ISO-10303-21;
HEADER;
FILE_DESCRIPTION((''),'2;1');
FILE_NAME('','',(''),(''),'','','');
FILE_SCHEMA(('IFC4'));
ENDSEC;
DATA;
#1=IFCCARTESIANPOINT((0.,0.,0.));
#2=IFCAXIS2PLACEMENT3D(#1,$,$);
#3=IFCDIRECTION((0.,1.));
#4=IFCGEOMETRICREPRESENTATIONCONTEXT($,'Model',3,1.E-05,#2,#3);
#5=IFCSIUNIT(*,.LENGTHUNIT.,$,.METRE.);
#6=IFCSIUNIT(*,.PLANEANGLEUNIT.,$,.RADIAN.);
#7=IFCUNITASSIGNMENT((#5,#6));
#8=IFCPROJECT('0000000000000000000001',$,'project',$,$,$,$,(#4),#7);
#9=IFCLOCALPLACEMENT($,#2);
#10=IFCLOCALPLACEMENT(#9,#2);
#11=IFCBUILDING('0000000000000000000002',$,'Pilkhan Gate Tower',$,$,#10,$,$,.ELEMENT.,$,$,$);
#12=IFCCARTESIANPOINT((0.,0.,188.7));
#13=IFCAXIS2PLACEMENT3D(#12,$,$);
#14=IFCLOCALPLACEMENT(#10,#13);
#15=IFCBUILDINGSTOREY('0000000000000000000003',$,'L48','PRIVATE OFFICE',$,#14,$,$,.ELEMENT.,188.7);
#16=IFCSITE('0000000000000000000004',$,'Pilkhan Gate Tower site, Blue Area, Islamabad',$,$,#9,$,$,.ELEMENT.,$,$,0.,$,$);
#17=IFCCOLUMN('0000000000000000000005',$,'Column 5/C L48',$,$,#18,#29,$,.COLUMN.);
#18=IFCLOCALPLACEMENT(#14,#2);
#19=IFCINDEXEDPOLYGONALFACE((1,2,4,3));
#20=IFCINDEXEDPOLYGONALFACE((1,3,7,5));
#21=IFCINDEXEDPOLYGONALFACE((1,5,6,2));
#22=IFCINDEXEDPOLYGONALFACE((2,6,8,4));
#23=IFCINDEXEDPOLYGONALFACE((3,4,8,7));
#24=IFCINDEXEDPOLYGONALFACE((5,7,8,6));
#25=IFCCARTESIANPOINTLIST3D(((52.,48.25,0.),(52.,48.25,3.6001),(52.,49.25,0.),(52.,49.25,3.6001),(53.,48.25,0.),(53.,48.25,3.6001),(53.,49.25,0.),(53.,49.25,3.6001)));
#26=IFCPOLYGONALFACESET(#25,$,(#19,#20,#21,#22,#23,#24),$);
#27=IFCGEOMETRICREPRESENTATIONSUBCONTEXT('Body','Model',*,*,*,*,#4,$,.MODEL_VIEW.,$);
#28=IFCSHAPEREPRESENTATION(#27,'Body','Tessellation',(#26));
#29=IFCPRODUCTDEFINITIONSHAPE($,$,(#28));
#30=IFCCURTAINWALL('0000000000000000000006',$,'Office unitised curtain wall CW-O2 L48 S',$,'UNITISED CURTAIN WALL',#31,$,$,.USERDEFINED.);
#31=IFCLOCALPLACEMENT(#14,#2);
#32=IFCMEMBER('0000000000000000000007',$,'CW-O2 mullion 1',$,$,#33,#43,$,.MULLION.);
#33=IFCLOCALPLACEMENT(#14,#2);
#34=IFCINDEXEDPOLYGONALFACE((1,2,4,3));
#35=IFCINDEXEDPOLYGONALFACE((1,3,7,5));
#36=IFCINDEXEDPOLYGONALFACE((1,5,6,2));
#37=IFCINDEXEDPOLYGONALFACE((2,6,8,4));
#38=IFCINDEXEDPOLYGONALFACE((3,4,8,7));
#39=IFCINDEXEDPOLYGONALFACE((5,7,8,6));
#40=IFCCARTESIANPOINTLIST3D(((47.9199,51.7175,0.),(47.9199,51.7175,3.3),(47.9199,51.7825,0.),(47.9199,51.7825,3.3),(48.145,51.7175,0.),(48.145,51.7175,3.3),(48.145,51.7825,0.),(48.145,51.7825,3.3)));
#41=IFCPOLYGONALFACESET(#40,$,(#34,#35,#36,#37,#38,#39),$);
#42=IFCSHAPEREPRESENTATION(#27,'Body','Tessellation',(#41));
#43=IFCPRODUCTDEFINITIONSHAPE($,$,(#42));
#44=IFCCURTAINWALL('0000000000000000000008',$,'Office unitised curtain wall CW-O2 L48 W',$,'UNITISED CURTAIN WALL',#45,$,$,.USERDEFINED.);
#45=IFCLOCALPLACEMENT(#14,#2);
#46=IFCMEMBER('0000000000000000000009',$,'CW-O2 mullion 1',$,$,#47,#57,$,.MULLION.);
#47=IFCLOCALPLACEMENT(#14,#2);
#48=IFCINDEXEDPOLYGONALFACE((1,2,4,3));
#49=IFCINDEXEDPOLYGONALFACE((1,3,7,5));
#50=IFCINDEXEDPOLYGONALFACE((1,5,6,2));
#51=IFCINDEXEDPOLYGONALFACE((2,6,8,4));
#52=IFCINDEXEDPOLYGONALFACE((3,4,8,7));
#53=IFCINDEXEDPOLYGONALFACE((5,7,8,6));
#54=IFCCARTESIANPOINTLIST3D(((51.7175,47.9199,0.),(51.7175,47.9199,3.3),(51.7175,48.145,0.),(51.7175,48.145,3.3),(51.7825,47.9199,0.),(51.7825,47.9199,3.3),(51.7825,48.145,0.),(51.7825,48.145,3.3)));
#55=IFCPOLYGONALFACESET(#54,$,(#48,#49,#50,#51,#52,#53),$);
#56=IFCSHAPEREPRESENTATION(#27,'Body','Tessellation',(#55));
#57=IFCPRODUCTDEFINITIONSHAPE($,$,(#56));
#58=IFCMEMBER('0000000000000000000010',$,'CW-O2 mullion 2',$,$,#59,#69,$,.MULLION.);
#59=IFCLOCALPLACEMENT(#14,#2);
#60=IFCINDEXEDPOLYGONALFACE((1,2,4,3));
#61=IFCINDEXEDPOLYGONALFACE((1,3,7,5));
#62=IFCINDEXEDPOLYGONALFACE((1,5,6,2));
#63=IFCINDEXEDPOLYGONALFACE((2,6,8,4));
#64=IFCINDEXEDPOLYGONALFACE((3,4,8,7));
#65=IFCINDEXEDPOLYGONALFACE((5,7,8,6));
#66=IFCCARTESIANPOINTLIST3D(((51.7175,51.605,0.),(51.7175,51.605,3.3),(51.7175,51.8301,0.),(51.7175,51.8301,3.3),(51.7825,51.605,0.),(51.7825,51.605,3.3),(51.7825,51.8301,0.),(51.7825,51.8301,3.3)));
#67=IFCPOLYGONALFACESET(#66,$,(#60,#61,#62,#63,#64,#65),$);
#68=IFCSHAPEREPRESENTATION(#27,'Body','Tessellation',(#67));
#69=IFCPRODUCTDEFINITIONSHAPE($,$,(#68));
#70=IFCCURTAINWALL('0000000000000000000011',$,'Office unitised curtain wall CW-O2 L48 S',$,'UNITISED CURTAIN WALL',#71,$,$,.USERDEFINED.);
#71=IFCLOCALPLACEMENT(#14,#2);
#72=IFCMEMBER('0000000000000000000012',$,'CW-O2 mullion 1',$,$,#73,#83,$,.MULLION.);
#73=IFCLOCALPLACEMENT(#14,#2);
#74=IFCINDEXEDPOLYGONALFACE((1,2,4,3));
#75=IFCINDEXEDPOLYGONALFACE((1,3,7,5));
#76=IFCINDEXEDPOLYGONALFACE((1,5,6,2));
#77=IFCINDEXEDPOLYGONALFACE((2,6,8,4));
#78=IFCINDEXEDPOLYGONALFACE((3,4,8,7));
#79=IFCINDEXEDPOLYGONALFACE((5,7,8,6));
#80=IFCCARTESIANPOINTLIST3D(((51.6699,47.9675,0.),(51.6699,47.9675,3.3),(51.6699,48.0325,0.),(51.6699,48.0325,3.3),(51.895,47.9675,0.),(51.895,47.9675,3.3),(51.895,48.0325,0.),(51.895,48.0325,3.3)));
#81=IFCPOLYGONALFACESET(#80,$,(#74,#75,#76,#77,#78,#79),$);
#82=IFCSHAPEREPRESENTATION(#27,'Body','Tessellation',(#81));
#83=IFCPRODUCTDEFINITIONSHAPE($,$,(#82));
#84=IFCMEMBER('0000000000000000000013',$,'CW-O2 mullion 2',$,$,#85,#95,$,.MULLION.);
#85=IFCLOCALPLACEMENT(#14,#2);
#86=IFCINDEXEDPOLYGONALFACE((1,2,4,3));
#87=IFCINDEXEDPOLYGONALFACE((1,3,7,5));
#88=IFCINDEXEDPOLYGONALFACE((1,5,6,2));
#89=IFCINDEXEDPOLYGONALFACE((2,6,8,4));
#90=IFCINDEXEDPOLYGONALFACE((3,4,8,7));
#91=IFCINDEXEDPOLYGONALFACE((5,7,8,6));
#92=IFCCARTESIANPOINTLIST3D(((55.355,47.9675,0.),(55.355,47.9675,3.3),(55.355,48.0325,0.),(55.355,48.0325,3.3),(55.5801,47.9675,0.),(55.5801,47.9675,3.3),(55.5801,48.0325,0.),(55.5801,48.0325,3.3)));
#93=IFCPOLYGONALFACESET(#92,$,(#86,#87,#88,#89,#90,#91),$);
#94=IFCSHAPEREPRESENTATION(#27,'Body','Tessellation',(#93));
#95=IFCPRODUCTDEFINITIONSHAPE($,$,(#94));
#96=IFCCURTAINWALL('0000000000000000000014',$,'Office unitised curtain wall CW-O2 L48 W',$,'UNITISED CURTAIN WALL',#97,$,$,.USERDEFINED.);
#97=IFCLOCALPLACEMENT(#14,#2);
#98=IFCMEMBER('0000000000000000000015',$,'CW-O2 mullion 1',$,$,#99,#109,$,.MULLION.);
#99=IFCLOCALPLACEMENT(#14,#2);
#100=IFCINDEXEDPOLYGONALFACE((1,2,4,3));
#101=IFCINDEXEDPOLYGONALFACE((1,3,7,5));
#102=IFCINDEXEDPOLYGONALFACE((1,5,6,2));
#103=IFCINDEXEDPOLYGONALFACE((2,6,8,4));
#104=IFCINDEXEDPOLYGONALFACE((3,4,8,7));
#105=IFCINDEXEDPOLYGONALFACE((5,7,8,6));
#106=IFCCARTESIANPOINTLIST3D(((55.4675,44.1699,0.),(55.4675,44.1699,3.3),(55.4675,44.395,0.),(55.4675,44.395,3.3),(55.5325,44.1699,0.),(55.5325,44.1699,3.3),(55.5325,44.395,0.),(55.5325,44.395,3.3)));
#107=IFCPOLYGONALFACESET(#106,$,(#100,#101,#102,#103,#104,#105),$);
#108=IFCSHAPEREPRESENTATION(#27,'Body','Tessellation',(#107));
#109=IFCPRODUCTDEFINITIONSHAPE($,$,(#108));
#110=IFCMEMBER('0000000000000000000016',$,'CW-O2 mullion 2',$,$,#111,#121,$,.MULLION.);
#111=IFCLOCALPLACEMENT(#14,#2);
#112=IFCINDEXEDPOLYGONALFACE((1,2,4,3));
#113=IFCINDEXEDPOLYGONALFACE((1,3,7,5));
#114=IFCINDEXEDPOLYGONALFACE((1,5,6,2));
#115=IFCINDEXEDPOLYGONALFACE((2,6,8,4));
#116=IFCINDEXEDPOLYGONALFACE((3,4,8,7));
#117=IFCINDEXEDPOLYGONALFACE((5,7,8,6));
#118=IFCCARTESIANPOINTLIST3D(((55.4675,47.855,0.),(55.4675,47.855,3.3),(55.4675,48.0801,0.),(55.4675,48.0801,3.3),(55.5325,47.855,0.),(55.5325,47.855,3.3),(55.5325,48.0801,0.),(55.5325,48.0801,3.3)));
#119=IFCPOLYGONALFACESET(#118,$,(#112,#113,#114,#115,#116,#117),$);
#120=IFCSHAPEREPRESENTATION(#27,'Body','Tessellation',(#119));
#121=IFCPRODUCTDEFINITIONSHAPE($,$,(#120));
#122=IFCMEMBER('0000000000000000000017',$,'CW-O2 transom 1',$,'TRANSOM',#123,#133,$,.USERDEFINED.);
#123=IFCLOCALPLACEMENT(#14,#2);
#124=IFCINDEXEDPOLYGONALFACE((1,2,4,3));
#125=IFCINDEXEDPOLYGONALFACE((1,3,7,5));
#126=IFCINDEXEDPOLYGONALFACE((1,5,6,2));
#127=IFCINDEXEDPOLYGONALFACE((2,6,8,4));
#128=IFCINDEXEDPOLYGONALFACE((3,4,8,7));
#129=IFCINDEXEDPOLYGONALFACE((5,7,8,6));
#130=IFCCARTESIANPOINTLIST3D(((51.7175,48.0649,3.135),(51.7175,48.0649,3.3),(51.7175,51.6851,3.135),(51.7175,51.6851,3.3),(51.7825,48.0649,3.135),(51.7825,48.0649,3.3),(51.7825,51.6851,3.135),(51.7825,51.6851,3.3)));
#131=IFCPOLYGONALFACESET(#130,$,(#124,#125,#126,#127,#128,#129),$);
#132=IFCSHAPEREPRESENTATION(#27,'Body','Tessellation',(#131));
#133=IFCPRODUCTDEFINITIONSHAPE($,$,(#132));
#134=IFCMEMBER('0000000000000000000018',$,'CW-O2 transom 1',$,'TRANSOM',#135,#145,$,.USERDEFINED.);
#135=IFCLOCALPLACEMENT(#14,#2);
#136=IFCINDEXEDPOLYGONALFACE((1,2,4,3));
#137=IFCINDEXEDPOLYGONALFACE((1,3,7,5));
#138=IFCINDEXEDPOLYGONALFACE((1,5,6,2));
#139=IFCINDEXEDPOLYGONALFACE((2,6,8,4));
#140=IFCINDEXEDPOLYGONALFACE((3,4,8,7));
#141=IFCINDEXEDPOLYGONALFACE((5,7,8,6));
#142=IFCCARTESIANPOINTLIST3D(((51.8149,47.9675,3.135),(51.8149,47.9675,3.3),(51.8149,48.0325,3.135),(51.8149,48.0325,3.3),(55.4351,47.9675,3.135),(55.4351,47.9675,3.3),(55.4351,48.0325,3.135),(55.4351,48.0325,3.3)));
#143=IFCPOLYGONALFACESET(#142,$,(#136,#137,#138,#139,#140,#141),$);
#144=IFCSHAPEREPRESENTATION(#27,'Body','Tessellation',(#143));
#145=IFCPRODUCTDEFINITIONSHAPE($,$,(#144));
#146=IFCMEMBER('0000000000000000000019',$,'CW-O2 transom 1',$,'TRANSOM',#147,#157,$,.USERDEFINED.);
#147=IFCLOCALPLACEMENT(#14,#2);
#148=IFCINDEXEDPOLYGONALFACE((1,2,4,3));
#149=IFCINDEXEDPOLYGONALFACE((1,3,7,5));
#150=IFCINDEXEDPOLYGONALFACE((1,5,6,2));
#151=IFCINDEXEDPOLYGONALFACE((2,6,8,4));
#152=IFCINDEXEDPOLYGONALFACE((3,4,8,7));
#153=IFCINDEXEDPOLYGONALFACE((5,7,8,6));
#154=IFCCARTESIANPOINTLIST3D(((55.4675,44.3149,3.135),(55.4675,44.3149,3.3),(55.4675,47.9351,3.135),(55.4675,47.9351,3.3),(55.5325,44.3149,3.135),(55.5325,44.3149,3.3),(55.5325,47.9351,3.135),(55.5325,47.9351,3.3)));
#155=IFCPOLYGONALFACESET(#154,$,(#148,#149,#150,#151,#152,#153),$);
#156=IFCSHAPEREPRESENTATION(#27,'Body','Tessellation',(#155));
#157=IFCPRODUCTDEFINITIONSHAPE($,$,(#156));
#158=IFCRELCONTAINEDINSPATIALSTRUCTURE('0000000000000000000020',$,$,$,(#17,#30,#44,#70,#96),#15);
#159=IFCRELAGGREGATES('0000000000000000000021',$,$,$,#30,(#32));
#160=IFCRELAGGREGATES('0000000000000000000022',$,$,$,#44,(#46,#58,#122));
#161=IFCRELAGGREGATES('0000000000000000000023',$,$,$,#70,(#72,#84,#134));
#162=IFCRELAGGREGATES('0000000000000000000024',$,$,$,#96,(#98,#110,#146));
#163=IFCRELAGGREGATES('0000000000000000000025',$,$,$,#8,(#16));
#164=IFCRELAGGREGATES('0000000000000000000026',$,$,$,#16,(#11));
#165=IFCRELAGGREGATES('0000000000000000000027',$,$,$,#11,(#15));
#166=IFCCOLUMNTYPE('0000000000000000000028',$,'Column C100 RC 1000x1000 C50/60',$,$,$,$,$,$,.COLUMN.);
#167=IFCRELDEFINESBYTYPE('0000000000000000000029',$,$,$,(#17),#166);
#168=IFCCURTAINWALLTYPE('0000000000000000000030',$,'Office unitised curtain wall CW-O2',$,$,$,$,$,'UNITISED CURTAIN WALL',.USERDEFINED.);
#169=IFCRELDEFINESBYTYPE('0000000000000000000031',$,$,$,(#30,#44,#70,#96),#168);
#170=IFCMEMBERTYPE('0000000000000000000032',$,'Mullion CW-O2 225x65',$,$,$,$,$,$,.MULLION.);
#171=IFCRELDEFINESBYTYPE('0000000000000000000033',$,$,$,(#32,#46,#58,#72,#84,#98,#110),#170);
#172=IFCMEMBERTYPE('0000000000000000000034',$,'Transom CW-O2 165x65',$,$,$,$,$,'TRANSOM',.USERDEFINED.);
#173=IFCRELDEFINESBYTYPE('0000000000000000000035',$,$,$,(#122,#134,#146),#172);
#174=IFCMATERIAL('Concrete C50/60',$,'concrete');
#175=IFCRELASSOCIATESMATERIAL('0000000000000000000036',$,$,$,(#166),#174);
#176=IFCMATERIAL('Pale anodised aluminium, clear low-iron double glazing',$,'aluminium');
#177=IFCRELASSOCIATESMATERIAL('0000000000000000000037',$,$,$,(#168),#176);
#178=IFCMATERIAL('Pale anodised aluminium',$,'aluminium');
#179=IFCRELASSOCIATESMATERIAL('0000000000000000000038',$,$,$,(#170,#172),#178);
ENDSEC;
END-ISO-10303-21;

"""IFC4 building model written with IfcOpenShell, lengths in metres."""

from ifc_helpers import new_model, si_unit, direction, frame, origin, origin_2d, place, context, subcontext, project, spatial, rectangle, extrude, material, material_profile, profile_set, type_object, element, aggregate, save


model = new_model("IFC4")

# Units and contexts
model_context = context("Model", 3, precision=1e-05, world=origin(), true_north=direction((0.0, 1.0)))
body_context = subcontext(model_context, "Body", "Model", "MODEL_VIEW")
ifc_project = project(units=[si_unit("LENGTHUNIT", "METRE"), si_unit("PLANEANGLEUNIT", "RADIAN")], contexts=[model_context])

# Site, building, storey
site_placement = place(None, origin())
site = spatial("IfcSite", under=ifc_project, at=site_placement, Name="Pilkhan Gate Tower site, Blue Area, Islamabad", CompositionType="ELEMENT", RefElevation=0.0)
building_placement = place(site_placement, origin())
building = spatial("IfcBuilding", under=site, at=building_placement, Name="Pilkhan Gate Tower", CompositionType="ELEMENT")
storey_placement = place(building_placement, frame((0.0, 0.0, 188.7)))
storey = spatial("IfcBuildingStorey", under=building, at=storey_placement, Name="L48", Description="PRIVATE OFFICE", CompositionType="ELEMENT", Elevation=188.7)

# Column
ifc_material_1 = material(Name="Concrete C50/60", Category="concrete")
ifc_material_profile_1 = material_profile(ifc_material_1, rectangle(XDim=1.0, YDim=1.0, at=origin_2d()), Name="RC 1000x1000")
ifc_profile_set_1 = profile_set([ifc_material_profile_1], Name="Concrete C50/60")
column_type = type_object("IfcColumnType", Name="Column C100 RC 1000x1000 C50/60", PredefinedType="COLUMN", material=ifc_profile_set_1)
column_placement = place(storey_placement, frame((52.5, 48.75, 0.0), z_axis=(0.0, 0.0, 1.0), x_axis=(1.0, 0.0, 0.0)))
element("IfcColumn", 1, at=column_placement, inside=storey, type_object=column_type, Name="Column 5/C L48", PredefinedType="COLUMN", context=body_context, shape_type="SweptSolid", body=[
    extrude(rectangle(XDim=1.0, YDim=1.0, at=origin_2d()), origin(), (0.0, 0.0, 1.0), 3.6001),
])

# Curtain wall, member
ifc_material_2 = material(Name="Pale anodised aluminium, clear low-iron double glazing", Category="aluminium")
curtain_wall_type = type_object("IfcCurtainWallType", Name="Office unitised curtain wall CW-O2", ElementType="UNITISED CURTAIN WALL", PredefinedType="USERDEFINED", material=ifc_material_2)
curtain_wall_1_placement = place(storey_placement, origin())
curtain_wall_1 = element("IfcCurtainWall", 2, at=curtain_wall_1_placement, inside=storey, type_object=curtain_wall_type, Name="Office unitised curtain wall CW-O2 L48 S", ObjectType="UNITISED CURTAIN WALL", PredefinedType="USERDEFINED")
ifc_material_3 = material(Name="Pale anodised aluminium", Category="aluminium")
ifc_material_profile_2 = material_profile(ifc_material_3, rectangle(XDim=0.0649, YDim=0.2251, at=origin_2d()), Name="Mullion 225x65")
ifc_profile_set_2 = profile_set([ifc_material_profile_2], Name="Pale anodised aluminium")
member_type_1 = type_object("IfcMemberType", Name="Mullion CW-O2 225x65", PredefinedType="MULLION", material=ifc_profile_set_2)
member_1_placement = place(storey_placement, frame((48.0325, 51.75, 0.0), z_axis=(0.0, 0.0, 1.0), x_axis=(0.0, 1.0, 0.0)))
member_1 = element("IfcMember", 3, at=member_1_placement, type_object=member_type_1, Name="CW-O2 mullion 1", PredefinedType="MULLION", context=body_context, shape_type="SweptSolid", body=[
    extrude(rectangle(XDim=0.0649, YDim=0.2251, at=origin_2d()), origin(), (0.0, 0.0, 1.0), 3.3),
])
aggregate(curtain_wall_1, [member_1])

# Curtain walls, members
curtain_wall_2_placement = place(storey_placement, origin())
curtain_wall_2 = element("IfcCurtainWall", 4, at=curtain_wall_2_placement, inside=storey, type_object=curtain_wall_type, Name="Office unitised curtain wall CW-O2 L48 W", ObjectType="UNITISED CURTAIN WALL", PredefinedType="USERDEFINED")
member_2_placement = place(storey_placement, frame((51.75, 48.0325, 0.0), z_axis=(0.0, 0.0, 1.0), x_axis=(-1.0, 0.0, 0.0)))
member_2 = element("IfcMember", 5, at=member_2_placement, type_object=member_type_1, Name="CW-O2 mullion 1", PredefinedType="MULLION", context=body_context, shape_type="SweptSolid", body=[
    extrude(rectangle(XDim=0.0649, YDim=0.2251, at=origin_2d()), origin(), (0.0, 0.0, 1.0), 3.3),
])
member_3_placement = place(storey_placement, frame((51.75, 51.7175, 0.0), z_axis=(0.0, 0.0, 1.0), x_axis=(-1.0, 0.0, 0.0)))
member_3 = element("IfcMember", 6, at=member_3_placement, type_object=member_type_1, Name="CW-O2 mullion 2", PredefinedType="MULLION", context=body_context, shape_type="SweptSolid", body=[
    extrude(rectangle(XDim=0.0649, YDim=0.2251, at=origin_2d()), origin(), (0.0, 0.0, 1.0), 3.3),
])
curtain_wall_3_placement = place(storey_placement, origin())
curtain_wall_3 = element("IfcCurtainWall", 7, at=curtain_wall_3_placement, inside=storey, type_object=curtain_wall_type, Name="Office unitised curtain wall CW-O2 L48 S", ObjectType="UNITISED CURTAIN WALL", PredefinedType="USERDEFINED")
member_4_placement = place(storey_placement, frame((51.7825, 48.0, 0.0), z_axis=(0.0, 0.0, 1.0), x_axis=(0.0, 1.0, 0.0)))
member_4 = element("IfcMember", 8, at=member_4_placement, type_object=member_type_1, Name="CW-O2 mullion 1", PredefinedType="MULLION", context=body_context, shape_type="SweptSolid", body=[
    extrude(rectangle(XDim=0.0649, YDim=0.2251, at=origin_2d()), origin(), (0.0, 0.0, 1.0), 3.3),
])
member_5_placement = place(storey_placement, frame((55.4675, 48.0, 0.0), z_axis=(0.0, 0.0, 1.0), x_axis=(0.0, 1.0, 0.0)))
member_5 = element("IfcMember", 9, at=member_5_placement, type_object=member_type_1, Name="CW-O2 mullion 2", PredefinedType="MULLION", context=body_context, shape_type="SweptSolid", body=[
    extrude(rectangle(XDim=0.0649, YDim=0.2251, at=origin_2d()), origin(), (0.0, 0.0, 1.0), 3.3),
])
curtain_wall_4_placement = place(storey_placement, origin())
curtain_wall_4 = element("IfcCurtainWall", 10, at=curtain_wall_4_placement, inside=storey, type_object=curtain_wall_type, Name="Office unitised curtain wall CW-O2 L48 W", ObjectType="UNITISED CURTAIN WALL", PredefinedType="USERDEFINED")
member_6_placement = place(storey_placement, frame((55.5, 44.2825, 0.0), z_axis=(0.0, 0.0, 1.0), x_axis=(-1.0, 0.0, 0.0)))
member_6 = element("IfcMember", 11, at=member_6_placement, type_object=member_type_1, Name="CW-O2 mullion 1", PredefinedType="MULLION", context=body_context, shape_type="SweptSolid", body=[
    extrude(rectangle(XDim=0.0649, YDim=0.2251, at=origin_2d()), origin(), (0.0, 0.0, 1.0), 3.3),
])
member_7_placement = place(storey_placement, frame((55.5, 47.9675, 0.0), z_axis=(0.0, 0.0, 1.0), x_axis=(-1.0, 0.0, 0.0)))
member_7 = element("IfcMember", 12, at=member_7_placement, type_object=member_type_1, Name="CW-O2 mullion 2", PredefinedType="MULLION", context=body_context, shape_type="SweptSolid", body=[
    extrude(rectangle(XDim=0.0649, YDim=0.2251, at=origin_2d()), origin(), (0.0, 0.0, 1.0), 3.3),
])

# Members
ifc_material_profile_3 = material_profile(ifc_material_3, rectangle(XDim=0.0649, YDim=0.165, at=origin_2d()), Name="Transom 165x65")
ifc_profile_set_3 = profile_set([ifc_material_profile_3], Name="Pale anodised aluminium")
member_type_2 = type_object("IfcMemberType", Name="Transom CW-O2 165x65", ElementType="TRANSOM", PredefinedType="USERDEFINED", material=ifc_profile_set_3)
member_8_placement = place(storey_placement, frame((51.75, 48.0649, 3.2175), z_axis=(0.0, 1.0, 0.0), x_axis=(-1.0, 0.0, 0.0)))
member_8 = element("IfcMember", 13, at=member_8_placement, type_object=member_type_2, Name="CW-O2 transom 1", ObjectType="TRANSOM", PredefinedType="USERDEFINED", context=body_context, shape_type="SweptSolid", body=[
    extrude(rectangle(XDim=0.0649, YDim=0.165, at=origin_2d()), origin(), (0.0, 0.0, 1.0), 3.6201),
])
member_9_placement = place(storey_placement, frame((51.8149, 48.0, 3.2175), z_axis=(1.0, 0.0, 0.0), x_axis=(0.0, 1.0, 0.0)))
member_9 = element("IfcMember", 14, at=member_9_placement, type_object=member_type_2, Name="CW-O2 transom 1", ObjectType="TRANSOM", PredefinedType="USERDEFINED", context=body_context, shape_type="SweptSolid", body=[
    extrude(rectangle(XDim=0.0649, YDim=0.165, at=origin_2d()), origin(), (0.0, 0.0, 1.0), 3.6201),
])
member_10_placement = place(storey_placement, frame((55.5, 44.3149, 3.2175), z_axis=(0.0, 1.0, 0.0), x_axis=(-1.0, 0.0, 0.0)))
member_10 = element("IfcMember", 15, at=member_10_placement, type_object=member_type_2, Name="CW-O2 transom 1", ObjectType="TRANSOM", PredefinedType="USERDEFINED", context=body_context, shape_type="SweptSolid", body=[
    extrude(rectangle(XDim=0.0649, YDim=0.165, at=origin_2d()), origin(), (0.0, 0.0, 1.0), 3.6201),
])

aggregate(curtain_wall_2, [member_2, member_3, member_8])
aggregate(curtain_wall_3, [member_4, member_5, member_9])
aggregate(curtain_wall_4, [member_6, member_7, member_10])

save(model, "model.ifc")
